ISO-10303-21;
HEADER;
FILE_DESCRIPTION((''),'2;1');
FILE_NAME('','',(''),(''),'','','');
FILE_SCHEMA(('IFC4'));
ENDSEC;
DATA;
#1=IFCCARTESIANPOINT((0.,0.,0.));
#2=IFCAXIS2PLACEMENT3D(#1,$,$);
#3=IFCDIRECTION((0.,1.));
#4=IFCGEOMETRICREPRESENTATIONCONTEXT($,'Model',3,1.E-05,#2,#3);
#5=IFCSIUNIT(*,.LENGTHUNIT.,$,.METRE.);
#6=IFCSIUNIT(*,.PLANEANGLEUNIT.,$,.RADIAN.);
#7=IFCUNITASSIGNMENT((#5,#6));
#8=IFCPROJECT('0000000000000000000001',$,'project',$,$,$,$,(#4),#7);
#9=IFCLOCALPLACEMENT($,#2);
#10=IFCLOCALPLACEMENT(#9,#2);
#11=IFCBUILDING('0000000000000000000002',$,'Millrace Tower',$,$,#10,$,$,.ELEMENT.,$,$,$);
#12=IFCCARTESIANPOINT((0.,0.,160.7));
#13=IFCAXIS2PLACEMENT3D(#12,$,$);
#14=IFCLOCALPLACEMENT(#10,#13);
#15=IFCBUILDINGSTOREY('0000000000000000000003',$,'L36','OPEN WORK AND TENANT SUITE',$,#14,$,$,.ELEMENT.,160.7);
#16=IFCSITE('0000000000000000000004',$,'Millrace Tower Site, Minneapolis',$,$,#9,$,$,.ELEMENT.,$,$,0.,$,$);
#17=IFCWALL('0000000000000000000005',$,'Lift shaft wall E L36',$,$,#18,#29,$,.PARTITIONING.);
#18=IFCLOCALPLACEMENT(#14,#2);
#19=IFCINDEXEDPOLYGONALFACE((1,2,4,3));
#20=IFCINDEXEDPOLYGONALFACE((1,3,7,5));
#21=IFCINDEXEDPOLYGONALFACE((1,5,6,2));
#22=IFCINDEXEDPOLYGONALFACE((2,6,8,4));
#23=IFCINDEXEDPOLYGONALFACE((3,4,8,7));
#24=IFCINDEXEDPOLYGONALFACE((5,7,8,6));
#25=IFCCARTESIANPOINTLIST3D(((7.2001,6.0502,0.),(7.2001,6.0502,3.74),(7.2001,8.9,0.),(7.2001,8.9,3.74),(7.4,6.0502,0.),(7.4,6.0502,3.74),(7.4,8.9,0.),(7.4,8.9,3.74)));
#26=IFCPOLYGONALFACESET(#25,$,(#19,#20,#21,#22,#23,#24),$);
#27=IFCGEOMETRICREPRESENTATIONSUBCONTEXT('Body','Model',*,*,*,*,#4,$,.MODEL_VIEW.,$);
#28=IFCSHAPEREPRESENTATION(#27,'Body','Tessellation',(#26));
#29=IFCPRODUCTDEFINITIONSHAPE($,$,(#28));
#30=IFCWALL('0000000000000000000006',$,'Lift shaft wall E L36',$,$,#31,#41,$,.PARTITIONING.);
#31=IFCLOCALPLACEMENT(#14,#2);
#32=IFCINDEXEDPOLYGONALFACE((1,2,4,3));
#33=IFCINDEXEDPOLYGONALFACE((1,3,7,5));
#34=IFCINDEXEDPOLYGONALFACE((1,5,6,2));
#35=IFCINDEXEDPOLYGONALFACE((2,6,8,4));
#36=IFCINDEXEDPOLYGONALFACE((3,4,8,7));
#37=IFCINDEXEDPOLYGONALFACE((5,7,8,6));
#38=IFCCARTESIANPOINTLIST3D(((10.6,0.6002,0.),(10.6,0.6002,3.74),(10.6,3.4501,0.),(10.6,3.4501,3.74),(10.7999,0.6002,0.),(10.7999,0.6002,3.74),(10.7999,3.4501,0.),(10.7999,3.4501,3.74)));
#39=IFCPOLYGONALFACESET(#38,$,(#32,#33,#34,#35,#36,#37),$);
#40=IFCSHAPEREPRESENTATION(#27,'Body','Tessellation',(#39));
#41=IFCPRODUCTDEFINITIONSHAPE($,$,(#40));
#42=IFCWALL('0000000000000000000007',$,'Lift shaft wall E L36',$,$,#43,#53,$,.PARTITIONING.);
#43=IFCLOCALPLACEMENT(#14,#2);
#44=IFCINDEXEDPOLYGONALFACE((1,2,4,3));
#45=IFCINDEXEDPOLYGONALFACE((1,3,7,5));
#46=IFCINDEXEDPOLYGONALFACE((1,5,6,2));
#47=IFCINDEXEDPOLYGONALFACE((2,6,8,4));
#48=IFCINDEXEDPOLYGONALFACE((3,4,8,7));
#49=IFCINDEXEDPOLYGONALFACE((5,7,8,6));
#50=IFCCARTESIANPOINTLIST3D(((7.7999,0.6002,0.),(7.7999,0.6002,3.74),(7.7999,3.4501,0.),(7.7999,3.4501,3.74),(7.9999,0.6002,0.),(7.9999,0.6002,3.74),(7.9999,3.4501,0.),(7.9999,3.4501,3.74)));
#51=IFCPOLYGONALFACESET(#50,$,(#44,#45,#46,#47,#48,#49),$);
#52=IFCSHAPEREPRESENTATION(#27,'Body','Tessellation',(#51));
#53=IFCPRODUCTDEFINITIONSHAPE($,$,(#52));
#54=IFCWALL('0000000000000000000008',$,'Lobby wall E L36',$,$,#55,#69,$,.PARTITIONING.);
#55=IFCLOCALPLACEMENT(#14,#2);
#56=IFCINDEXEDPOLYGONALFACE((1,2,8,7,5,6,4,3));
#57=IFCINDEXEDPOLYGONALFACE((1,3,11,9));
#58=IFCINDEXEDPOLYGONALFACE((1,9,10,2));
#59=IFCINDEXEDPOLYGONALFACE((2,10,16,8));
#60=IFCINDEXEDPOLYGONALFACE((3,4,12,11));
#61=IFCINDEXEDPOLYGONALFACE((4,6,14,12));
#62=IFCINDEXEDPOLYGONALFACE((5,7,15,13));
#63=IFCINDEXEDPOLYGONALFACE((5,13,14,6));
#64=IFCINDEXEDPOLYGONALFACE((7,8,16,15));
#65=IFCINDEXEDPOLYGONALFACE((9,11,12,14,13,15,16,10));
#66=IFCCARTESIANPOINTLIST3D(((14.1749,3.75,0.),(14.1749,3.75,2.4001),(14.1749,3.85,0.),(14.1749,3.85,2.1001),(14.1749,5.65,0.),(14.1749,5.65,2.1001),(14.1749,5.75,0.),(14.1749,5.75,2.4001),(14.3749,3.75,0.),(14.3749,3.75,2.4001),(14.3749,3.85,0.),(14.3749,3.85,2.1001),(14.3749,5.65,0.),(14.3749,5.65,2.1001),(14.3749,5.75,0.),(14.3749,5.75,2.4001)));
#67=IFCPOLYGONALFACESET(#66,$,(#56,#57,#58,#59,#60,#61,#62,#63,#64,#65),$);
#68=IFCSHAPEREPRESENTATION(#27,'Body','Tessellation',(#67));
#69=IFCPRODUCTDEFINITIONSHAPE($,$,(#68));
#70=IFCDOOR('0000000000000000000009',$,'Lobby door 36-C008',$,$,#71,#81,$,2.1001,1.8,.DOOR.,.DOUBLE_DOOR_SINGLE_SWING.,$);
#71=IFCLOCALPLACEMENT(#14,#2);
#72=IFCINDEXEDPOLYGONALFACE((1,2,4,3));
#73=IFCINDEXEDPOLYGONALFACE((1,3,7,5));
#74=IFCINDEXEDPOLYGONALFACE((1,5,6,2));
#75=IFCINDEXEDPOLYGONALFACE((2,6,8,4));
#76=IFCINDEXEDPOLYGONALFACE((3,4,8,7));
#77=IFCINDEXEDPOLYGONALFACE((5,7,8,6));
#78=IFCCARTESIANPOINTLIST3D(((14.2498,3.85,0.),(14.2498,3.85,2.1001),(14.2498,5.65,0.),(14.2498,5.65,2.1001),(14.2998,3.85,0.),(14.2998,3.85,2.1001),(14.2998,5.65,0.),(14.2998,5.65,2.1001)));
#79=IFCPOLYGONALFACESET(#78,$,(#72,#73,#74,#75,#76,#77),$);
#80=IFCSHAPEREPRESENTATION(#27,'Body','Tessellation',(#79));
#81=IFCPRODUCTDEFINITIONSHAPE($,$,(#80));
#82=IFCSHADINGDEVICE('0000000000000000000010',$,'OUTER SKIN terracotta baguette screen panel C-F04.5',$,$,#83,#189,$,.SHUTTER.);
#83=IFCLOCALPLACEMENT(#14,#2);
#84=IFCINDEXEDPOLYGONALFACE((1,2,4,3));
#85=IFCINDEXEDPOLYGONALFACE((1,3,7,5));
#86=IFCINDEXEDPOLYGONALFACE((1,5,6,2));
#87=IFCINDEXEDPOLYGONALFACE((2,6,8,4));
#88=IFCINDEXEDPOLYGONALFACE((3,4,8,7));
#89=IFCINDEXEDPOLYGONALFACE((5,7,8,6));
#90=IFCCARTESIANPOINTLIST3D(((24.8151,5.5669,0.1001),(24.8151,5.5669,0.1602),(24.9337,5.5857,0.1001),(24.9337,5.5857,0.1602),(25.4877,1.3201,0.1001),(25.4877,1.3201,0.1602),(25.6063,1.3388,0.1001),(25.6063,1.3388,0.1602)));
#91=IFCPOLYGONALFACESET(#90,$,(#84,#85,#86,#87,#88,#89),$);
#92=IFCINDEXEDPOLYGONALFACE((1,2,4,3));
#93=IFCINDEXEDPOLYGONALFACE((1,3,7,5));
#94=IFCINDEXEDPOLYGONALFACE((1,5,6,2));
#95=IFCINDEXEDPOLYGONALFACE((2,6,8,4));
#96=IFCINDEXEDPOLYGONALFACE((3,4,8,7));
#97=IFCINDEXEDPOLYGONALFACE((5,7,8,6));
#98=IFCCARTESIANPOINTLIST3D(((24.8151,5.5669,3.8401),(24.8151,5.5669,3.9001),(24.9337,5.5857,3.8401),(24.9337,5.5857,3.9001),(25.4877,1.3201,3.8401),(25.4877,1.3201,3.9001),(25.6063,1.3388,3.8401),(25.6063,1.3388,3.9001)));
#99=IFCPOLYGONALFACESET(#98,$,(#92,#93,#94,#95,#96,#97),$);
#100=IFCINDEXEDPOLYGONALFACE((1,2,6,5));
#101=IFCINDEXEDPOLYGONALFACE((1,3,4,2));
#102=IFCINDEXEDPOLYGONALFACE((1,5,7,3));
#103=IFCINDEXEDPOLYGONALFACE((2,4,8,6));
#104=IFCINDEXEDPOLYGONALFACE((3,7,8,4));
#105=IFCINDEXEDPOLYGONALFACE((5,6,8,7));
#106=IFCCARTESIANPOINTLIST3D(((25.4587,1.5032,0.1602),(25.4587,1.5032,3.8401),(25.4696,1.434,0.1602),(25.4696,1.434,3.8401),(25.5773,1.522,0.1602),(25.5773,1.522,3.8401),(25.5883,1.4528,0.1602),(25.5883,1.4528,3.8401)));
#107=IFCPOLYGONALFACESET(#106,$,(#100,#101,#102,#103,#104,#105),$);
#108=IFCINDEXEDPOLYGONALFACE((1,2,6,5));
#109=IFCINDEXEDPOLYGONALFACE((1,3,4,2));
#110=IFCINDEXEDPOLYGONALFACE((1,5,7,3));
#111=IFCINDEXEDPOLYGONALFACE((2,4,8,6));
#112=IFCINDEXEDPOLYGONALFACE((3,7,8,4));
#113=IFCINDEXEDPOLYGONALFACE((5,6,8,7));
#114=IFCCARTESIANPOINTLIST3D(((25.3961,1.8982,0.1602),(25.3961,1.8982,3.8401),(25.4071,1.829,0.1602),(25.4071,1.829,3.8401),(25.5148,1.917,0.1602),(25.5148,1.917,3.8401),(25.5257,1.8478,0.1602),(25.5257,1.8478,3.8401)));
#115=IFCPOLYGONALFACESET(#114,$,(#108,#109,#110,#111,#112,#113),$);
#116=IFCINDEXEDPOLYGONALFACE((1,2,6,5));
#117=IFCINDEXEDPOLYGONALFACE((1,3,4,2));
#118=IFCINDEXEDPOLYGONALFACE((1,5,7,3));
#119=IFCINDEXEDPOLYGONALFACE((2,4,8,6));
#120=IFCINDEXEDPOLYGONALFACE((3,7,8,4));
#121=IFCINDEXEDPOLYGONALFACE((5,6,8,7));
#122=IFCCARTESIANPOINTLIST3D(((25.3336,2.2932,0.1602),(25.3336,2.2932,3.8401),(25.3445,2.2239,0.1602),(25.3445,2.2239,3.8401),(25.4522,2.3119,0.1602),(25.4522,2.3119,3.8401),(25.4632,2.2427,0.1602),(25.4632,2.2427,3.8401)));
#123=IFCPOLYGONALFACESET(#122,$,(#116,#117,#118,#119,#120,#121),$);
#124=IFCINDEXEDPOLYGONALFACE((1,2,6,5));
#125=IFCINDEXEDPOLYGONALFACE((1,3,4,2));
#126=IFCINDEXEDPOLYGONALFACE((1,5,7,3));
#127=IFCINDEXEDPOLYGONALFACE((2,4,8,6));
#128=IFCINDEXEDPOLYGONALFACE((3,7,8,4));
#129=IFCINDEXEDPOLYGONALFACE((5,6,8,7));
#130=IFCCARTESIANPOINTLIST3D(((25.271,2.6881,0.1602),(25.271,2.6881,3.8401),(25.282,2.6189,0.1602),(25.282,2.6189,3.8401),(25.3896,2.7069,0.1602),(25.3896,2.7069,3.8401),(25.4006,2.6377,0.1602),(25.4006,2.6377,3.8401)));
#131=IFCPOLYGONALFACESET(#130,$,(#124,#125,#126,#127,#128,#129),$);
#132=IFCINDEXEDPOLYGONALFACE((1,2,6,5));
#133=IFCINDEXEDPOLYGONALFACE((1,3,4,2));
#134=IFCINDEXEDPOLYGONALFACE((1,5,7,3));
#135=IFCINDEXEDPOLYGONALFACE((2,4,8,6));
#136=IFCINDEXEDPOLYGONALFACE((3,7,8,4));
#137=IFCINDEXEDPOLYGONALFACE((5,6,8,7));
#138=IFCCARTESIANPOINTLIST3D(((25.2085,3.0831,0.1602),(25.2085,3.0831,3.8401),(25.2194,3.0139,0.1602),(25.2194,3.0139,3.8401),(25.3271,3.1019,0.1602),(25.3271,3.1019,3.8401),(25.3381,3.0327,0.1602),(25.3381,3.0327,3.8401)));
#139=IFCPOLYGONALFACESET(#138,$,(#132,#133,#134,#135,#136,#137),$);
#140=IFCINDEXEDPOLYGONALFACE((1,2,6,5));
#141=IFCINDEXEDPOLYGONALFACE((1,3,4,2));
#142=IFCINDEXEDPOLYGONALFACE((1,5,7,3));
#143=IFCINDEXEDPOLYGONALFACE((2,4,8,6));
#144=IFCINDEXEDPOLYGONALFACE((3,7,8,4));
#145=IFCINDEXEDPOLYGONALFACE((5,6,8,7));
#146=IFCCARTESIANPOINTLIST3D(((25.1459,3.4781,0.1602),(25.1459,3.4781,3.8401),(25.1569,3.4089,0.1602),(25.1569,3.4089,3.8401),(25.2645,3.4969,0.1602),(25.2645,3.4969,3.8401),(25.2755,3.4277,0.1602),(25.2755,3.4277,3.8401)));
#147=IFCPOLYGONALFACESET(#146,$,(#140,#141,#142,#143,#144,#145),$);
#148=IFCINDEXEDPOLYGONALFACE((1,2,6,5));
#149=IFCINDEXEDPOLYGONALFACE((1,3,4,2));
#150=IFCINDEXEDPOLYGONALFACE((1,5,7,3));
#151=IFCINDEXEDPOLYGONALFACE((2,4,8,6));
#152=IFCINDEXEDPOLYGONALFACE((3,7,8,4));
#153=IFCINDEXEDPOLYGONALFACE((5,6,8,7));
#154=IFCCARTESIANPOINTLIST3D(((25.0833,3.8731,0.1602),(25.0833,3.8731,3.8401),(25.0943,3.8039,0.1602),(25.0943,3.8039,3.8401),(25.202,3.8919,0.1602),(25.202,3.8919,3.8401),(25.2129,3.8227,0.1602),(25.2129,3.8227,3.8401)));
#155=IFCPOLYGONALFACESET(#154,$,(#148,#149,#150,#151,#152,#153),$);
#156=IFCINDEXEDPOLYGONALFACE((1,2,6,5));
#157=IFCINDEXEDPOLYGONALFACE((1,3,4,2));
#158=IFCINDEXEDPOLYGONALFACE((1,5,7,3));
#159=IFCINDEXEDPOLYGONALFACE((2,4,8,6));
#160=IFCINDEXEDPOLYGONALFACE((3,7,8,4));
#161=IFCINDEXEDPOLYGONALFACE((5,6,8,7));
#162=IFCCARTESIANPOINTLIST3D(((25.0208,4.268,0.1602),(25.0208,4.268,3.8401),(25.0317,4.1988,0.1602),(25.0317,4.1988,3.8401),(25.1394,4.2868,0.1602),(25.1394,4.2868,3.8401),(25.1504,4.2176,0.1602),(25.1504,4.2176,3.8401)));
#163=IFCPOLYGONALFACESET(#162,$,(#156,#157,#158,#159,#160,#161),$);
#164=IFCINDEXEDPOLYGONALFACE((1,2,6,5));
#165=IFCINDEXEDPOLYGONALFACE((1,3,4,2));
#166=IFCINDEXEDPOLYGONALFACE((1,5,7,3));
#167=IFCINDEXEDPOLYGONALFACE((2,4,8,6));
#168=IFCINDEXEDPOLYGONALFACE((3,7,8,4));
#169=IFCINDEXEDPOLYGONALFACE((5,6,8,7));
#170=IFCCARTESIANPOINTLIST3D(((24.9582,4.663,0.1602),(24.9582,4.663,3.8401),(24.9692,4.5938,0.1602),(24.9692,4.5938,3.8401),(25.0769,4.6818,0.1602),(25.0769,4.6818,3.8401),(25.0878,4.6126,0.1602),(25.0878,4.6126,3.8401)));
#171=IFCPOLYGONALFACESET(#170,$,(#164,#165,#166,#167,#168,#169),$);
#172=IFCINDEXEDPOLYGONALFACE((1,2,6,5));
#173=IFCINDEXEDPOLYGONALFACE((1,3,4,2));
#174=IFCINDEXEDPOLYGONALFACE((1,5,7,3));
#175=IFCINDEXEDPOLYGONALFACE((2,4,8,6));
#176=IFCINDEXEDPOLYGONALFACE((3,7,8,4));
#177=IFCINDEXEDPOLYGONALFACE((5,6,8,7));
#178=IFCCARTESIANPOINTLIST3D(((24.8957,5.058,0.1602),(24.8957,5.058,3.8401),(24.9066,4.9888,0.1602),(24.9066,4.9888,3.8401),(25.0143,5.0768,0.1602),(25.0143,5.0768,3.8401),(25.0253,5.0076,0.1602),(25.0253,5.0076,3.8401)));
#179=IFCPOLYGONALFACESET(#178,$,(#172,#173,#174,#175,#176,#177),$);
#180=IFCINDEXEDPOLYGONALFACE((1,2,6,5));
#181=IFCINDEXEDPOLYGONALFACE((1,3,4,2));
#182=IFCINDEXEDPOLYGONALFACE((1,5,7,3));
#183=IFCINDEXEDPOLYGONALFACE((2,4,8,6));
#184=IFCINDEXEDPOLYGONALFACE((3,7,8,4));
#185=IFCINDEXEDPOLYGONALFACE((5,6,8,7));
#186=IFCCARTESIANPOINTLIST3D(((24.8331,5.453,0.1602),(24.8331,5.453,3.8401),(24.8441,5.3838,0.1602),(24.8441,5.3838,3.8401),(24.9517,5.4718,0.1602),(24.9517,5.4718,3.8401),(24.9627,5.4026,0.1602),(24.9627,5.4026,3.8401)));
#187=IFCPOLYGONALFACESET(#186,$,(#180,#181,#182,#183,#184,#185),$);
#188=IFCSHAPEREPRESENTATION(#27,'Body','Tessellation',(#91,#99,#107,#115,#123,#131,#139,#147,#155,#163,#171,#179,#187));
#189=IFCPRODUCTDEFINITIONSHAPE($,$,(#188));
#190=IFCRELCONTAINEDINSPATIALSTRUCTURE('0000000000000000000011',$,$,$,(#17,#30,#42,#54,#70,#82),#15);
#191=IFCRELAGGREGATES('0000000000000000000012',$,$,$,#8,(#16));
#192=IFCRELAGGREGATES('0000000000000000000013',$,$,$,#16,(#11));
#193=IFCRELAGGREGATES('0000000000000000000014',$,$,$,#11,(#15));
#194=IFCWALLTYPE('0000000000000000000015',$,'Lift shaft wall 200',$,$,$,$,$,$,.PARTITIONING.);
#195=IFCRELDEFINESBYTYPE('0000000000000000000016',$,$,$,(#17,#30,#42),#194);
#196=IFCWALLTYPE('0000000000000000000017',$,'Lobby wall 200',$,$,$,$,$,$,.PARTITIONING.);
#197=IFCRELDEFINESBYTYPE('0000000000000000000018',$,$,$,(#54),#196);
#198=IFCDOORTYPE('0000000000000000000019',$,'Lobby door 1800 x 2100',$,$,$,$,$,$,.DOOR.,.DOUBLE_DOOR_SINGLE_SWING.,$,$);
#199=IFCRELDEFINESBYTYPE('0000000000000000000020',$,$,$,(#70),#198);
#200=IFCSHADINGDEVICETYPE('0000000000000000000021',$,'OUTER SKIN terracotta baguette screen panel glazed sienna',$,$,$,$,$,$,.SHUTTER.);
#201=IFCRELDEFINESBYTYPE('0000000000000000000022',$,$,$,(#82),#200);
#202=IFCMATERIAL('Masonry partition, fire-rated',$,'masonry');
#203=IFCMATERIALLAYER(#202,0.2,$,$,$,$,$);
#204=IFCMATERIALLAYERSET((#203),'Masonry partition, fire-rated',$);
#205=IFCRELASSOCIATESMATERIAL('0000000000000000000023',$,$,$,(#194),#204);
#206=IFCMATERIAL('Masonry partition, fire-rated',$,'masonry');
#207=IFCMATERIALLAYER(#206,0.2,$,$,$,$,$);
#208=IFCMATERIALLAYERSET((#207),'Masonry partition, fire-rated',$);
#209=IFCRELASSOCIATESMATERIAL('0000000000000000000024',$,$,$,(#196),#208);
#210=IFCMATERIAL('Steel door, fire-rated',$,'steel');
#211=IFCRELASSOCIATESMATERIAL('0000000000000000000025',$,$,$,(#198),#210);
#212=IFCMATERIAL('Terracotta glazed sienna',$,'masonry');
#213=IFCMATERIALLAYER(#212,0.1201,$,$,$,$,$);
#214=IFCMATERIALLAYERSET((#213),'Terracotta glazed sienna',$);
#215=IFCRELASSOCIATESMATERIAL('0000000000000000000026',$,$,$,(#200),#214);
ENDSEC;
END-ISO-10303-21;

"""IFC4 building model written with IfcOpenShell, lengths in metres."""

from ifc_helpers import new_model, entity, si_unit, direction, frame, frame_2d, origin, origin_2d, place, context, subcontext, project, spatial, rectangle, extrude, source, transform, mapped, material, layer, layer_set, type_object, element, fill, save


model = new_model("IFC4")

# Units and contexts
model_context = context("Model", 3, precision=1e-05, world=origin(), true_north=direction((0.0, 1.0)))
body_context = subcontext(model_context, "Body", "Model", "MODEL_VIEW")
ifc_project = project(units=[si_unit("LENGTHUNIT", "METRE"), si_unit("PLANEANGLEUNIT", "RADIAN")], contexts=[model_context])

# Site, building, storey
site_placement = place(None, origin())
site = spatial("IfcSite", under=ifc_project, at=site_placement, Name="Millrace Tower Site, Minneapolis", CompositionType="ELEMENT", RefElevation=0.0)
building_placement = place(site_placement, origin())
building = spatial("IfcBuilding", under=site, at=building_placement, Name="Millrace Tower", CompositionType="ELEMENT")
storey_placement = place(building_placement, frame((0.0, 0.0, 160.7)))
storey = spatial("IfcBuildingStorey", under=building, at=storey_placement, Name="L36", Description="OPEN WORK AND TENANT SUITE", CompositionType="ELEMENT", Elevation=160.7)

# Shared definitions
ifc_material_1 = material(Name="Masonry partition, fire-rated", Category="masonry")
ifc_layer_1 = layer(ifc_material_1, 0.2)
ifc_layer_set_1 = layer_set([ifc_layer_1], Name="Masonry partition, fire-rated")
wall_type_1 = type_object("IfcWallType", Name="Lift shaft wall 200", PredefinedType="PARTITIONING", material=ifc_layer_set_1)

# Walls
for number, where, z_axis, x_axis, name in (
    (1, (7.3, 8.8999, 0.0), (0.0, 0.0, 1.0), (0.0, -1.0, 0.0), "Lift shaft wall E L36"),
    (2, (10.7, 3.45, 0.0), (0.0, 0.0, 1.0), (0.0, -1.0, 0.0), "Lift shaft wall E L36"),
    (3, (7.8999, 3.45, 0.0), (0.0, 0.0, 1.0), (0.0, -1.0, 0.0), "Lift shaft wall E L36"),
):
    element("IfcWall", number, at=place(storey_placement, frame(where, z_axis=z_axis, x_axis=x_axis)), inside=storey, type_object=wall_type_1, Name=name, PredefinedType="PARTITIONING", context=body_context, shape_type="SweptSolid", body=[
        extrude(rectangle(XDim=2.8499, YDim=0.2, at=frame_2d((1.4248, 0.0))), origin(), (0.0, 0.0, 1.0), 3.74),
    ])

# Wall, opening, door
ifc_material_2 = material(Name="Masonry partition, fire-rated", Category="masonry")
ifc_layer_2 = layer(ifc_material_2, 0.2)
ifc_layer_set_2 = layer_set([ifc_layer_2], Name="Masonry partition, fire-rated")
wall_type_2 = type_object("IfcWallType", Name="Lobby wall 200", PredefinedType="PARTITIONING", material=ifc_layer_set_2)
wall_1_placement = place(storey_placement, frame((14.2749, 5.75, 0.0), z_axis=(0.0, 0.0, 1.0), x_axis=(0.0, -1.0, 0.0)))
wall_1 = element("IfcWall", 4, at=wall_1_placement, inside=storey, type_object=wall_type_2, Name="Lobby wall E L36", PredefinedType="PARTITIONING", context=body_context, shape_type="SweptSolid", body=[
    extrude(rectangle(XDim=2.0, YDim=0.2, at=frame_2d((1.0, 0.0))), origin(), (0.0, 0.0, 1.0), 2.4001),
])
opening_1_placement = place(wall_1_placement, frame((0.1001, 0.0, 0.0)))
opening_1 = element("IfcOpeningElement", 5, at=opening_1_placement, cuts=wall_1, PredefinedType="OPENING", context=body_context, shape_type="SweptSolid", body=[
    extrude(rectangle(XDim=1.8, YDim=2.1001, at=frame_2d((0.8999, 1.05))), frame((0.0, 0.1099, 0.0), z_axis=(0.0, -1.0, 0.0), x_axis=(1.0, 0.0, 0.0)), (0.0, 0.0, 1.0), 0.22),
])
ifc_material_3 = material(Name="Steel door, fire-rated", Category="steel")
door_type_1 = type_object("IfcDoorType", Name="Lobby door 1800 x 2100", OperationType="DOUBLE_DOOR_SINGLE_SWING", PredefinedType="DOOR", material=ifc_material_3)
door_1_placement = place(opening_1_placement, origin())
door_1 = element("IfcDoor", 6, at=door_1_placement, inside=storey, type_object=door_type_1, Name="Lobby door 36-C008", OperationType="DOUBLE_DOOR_SINGLE_SWING", OverallHeight=2.1001, OverallWidth=1.8, PredefinedType="DOOR", context=body_context, shape_type="SweptSolid", body=[
    extrude(rectangle(XDim=1.8, YDim=2.1001, at=frame_2d((0.8999, 1.05))), frame((0.0, 0.0249, 0.0), z_axis=(0.0, -1.0, 0.0), x_axis=(1.0, 0.0, 0.0)), (0.0, 0.0, 1.0), 0.05),
])
fill(opening_1, door_1)

# Shading device
ifc_material_4 = material(Name="Terracotta glazed sienna", Category="masonry")
ifc_layer_3 = layer(ifc_material_4, 0.1201)
ifc_layer_set_3 = layer_set([ifc_layer_3], Name="Terracotta glazed sienna")
shading_device_type = type_object("IfcShadingDeviceType", Name="OUTER SKIN terracotta baguette screen panel glazed sienna", PredefinedType="SHUTTER", material=ifc_layer_set_3)
cartesian_point = entity("IfcCartesianPoint", [-2.1499, 0.0601])
shared_polyline = entity("IfcPolyline", [cartesian_point, entity("IfcCartesianPoint", [2.1499, 0.0601]), entity("IfcCartesianPoint", [2.1499, -0.0601]), entity("IfcCartesianPoint", [-2.1499, -0.0601]), cartesian_point])
shared_shape = source(origin(), body_context, "Body", "SweptSolid", [
    entity("IfcExtrudedAreaSolid", entity("IfcArbitraryClosedProfileDef", "AREA", None, shared_polyline), entity("IfcAxis2Placement3D", entity("IfcCartesianPoint", [0.0, 0.0, 0.0])), entity("IfcDirection", [0.0, 0.0, 1.0]), 0.0601),
    entity("IfcExtrudedAreaSolid", entity("IfcArbitraryClosedProfileDef", "AREA", None, shared_polyline), entity("IfcAxis2Placement3D", entity("IfcCartesianPoint", [0.0, 0.0, 3.74])), entity("IfcDirection", [0.0, 0.0, 1.0]), 0.0601),
    extrude(rectangle(XDim=0.0701, YDim=0.1201, at=frame_2d((-1.9995, 0.0))), frame((0.0, 0.0, 0.0601)), (0.0, 0.0, 1.0), 3.6799),
    extrude(rectangle(XDim=0.0701, YDim=0.1201, at=frame_2d((-1.5996, 0.0))), frame((0.0, 0.0, 0.0601)), (0.0, 0.0, 1.0), 3.6799),
    extrude(rectangle(XDim=0.0701, YDim=0.1201, at=frame_2d((-1.1997, 0.0))), frame((0.0, 0.0, 0.0601)), (0.0, 0.0, 1.0), 3.6799),
    extrude(rectangle(XDim=0.0701, YDim=0.1201, at=frame_2d((-0.7998, 0.0))), frame((0.0, 0.0, 0.0601)), (0.0, 0.0, 1.0), 3.6799),
    extrude(rectangle(XDim=0.0701, YDim=0.1201, at=frame_2d((-0.3999, 0.0))), frame((0.0, 0.0, 0.0601)), (0.0, 0.0, 1.0), 3.6799),
    extrude(rectangle(XDim=0.0701, YDim=0.1201, at=origin_2d()), frame((0.0, 0.0, 0.0601)), (0.0, 0.0, 1.0), 3.6799),
    extrude(rectangle(XDim=0.0701, YDim=0.1201, at=frame_2d((0.3999, 0.0))), frame((0.0, 0.0, 0.0601)), (0.0, 0.0, 1.0), 3.6799),
    extrude(rectangle(XDim=0.0701, YDim=0.1201, at=frame_2d((0.7998, 0.0))), frame((0.0, 0.0, 0.0601)), (0.0, 0.0, 1.0), 3.6799),
    extrude(rectangle(XDim=0.0701, YDim=0.1201, at=frame_2d((1.1997, 0.0))), frame((0.0, 0.0, 0.0601)), (0.0, 0.0, 1.0), 3.6799),
    extrude(rectangle(XDim=0.0701, YDim=0.1201, at=frame_2d((1.5996, 0.0))), frame((0.0, 0.0, 0.0601)), (0.0, 0.0, 1.0), 3.6799),
    extrude(rectangle(XDim=0.0701, YDim=0.1201, at=frame_2d((1.9995, 0.0))), frame((0.0, 0.0, 0.0601)), (0.0, 0.0, 1.0), 3.6799),
])
for number, where, z_axis, x_axis, name in (
    (7, (25.2107, 3.4529, 0.1001), (0.0, 0.0, 1.0), (-0.156434, 0.987688, 0.0), "OUTER SKIN terracotta baguette screen panel C-F04.5"),
):
    element("IfcShadingDevice", number, at=place(storey_placement, frame(where, z_axis=z_axis, x_axis=x_axis)), inside=storey, type_object=shading_device_type, Name=name, PredefinedType="SHUTTER", context=body_context, shape_type="MappedRepresentation", body=[
        mapped(shared_shape, transform((0.0, 0.0, 0.0), scale=1.0)),
    ])

save(model, "model.ifc")
